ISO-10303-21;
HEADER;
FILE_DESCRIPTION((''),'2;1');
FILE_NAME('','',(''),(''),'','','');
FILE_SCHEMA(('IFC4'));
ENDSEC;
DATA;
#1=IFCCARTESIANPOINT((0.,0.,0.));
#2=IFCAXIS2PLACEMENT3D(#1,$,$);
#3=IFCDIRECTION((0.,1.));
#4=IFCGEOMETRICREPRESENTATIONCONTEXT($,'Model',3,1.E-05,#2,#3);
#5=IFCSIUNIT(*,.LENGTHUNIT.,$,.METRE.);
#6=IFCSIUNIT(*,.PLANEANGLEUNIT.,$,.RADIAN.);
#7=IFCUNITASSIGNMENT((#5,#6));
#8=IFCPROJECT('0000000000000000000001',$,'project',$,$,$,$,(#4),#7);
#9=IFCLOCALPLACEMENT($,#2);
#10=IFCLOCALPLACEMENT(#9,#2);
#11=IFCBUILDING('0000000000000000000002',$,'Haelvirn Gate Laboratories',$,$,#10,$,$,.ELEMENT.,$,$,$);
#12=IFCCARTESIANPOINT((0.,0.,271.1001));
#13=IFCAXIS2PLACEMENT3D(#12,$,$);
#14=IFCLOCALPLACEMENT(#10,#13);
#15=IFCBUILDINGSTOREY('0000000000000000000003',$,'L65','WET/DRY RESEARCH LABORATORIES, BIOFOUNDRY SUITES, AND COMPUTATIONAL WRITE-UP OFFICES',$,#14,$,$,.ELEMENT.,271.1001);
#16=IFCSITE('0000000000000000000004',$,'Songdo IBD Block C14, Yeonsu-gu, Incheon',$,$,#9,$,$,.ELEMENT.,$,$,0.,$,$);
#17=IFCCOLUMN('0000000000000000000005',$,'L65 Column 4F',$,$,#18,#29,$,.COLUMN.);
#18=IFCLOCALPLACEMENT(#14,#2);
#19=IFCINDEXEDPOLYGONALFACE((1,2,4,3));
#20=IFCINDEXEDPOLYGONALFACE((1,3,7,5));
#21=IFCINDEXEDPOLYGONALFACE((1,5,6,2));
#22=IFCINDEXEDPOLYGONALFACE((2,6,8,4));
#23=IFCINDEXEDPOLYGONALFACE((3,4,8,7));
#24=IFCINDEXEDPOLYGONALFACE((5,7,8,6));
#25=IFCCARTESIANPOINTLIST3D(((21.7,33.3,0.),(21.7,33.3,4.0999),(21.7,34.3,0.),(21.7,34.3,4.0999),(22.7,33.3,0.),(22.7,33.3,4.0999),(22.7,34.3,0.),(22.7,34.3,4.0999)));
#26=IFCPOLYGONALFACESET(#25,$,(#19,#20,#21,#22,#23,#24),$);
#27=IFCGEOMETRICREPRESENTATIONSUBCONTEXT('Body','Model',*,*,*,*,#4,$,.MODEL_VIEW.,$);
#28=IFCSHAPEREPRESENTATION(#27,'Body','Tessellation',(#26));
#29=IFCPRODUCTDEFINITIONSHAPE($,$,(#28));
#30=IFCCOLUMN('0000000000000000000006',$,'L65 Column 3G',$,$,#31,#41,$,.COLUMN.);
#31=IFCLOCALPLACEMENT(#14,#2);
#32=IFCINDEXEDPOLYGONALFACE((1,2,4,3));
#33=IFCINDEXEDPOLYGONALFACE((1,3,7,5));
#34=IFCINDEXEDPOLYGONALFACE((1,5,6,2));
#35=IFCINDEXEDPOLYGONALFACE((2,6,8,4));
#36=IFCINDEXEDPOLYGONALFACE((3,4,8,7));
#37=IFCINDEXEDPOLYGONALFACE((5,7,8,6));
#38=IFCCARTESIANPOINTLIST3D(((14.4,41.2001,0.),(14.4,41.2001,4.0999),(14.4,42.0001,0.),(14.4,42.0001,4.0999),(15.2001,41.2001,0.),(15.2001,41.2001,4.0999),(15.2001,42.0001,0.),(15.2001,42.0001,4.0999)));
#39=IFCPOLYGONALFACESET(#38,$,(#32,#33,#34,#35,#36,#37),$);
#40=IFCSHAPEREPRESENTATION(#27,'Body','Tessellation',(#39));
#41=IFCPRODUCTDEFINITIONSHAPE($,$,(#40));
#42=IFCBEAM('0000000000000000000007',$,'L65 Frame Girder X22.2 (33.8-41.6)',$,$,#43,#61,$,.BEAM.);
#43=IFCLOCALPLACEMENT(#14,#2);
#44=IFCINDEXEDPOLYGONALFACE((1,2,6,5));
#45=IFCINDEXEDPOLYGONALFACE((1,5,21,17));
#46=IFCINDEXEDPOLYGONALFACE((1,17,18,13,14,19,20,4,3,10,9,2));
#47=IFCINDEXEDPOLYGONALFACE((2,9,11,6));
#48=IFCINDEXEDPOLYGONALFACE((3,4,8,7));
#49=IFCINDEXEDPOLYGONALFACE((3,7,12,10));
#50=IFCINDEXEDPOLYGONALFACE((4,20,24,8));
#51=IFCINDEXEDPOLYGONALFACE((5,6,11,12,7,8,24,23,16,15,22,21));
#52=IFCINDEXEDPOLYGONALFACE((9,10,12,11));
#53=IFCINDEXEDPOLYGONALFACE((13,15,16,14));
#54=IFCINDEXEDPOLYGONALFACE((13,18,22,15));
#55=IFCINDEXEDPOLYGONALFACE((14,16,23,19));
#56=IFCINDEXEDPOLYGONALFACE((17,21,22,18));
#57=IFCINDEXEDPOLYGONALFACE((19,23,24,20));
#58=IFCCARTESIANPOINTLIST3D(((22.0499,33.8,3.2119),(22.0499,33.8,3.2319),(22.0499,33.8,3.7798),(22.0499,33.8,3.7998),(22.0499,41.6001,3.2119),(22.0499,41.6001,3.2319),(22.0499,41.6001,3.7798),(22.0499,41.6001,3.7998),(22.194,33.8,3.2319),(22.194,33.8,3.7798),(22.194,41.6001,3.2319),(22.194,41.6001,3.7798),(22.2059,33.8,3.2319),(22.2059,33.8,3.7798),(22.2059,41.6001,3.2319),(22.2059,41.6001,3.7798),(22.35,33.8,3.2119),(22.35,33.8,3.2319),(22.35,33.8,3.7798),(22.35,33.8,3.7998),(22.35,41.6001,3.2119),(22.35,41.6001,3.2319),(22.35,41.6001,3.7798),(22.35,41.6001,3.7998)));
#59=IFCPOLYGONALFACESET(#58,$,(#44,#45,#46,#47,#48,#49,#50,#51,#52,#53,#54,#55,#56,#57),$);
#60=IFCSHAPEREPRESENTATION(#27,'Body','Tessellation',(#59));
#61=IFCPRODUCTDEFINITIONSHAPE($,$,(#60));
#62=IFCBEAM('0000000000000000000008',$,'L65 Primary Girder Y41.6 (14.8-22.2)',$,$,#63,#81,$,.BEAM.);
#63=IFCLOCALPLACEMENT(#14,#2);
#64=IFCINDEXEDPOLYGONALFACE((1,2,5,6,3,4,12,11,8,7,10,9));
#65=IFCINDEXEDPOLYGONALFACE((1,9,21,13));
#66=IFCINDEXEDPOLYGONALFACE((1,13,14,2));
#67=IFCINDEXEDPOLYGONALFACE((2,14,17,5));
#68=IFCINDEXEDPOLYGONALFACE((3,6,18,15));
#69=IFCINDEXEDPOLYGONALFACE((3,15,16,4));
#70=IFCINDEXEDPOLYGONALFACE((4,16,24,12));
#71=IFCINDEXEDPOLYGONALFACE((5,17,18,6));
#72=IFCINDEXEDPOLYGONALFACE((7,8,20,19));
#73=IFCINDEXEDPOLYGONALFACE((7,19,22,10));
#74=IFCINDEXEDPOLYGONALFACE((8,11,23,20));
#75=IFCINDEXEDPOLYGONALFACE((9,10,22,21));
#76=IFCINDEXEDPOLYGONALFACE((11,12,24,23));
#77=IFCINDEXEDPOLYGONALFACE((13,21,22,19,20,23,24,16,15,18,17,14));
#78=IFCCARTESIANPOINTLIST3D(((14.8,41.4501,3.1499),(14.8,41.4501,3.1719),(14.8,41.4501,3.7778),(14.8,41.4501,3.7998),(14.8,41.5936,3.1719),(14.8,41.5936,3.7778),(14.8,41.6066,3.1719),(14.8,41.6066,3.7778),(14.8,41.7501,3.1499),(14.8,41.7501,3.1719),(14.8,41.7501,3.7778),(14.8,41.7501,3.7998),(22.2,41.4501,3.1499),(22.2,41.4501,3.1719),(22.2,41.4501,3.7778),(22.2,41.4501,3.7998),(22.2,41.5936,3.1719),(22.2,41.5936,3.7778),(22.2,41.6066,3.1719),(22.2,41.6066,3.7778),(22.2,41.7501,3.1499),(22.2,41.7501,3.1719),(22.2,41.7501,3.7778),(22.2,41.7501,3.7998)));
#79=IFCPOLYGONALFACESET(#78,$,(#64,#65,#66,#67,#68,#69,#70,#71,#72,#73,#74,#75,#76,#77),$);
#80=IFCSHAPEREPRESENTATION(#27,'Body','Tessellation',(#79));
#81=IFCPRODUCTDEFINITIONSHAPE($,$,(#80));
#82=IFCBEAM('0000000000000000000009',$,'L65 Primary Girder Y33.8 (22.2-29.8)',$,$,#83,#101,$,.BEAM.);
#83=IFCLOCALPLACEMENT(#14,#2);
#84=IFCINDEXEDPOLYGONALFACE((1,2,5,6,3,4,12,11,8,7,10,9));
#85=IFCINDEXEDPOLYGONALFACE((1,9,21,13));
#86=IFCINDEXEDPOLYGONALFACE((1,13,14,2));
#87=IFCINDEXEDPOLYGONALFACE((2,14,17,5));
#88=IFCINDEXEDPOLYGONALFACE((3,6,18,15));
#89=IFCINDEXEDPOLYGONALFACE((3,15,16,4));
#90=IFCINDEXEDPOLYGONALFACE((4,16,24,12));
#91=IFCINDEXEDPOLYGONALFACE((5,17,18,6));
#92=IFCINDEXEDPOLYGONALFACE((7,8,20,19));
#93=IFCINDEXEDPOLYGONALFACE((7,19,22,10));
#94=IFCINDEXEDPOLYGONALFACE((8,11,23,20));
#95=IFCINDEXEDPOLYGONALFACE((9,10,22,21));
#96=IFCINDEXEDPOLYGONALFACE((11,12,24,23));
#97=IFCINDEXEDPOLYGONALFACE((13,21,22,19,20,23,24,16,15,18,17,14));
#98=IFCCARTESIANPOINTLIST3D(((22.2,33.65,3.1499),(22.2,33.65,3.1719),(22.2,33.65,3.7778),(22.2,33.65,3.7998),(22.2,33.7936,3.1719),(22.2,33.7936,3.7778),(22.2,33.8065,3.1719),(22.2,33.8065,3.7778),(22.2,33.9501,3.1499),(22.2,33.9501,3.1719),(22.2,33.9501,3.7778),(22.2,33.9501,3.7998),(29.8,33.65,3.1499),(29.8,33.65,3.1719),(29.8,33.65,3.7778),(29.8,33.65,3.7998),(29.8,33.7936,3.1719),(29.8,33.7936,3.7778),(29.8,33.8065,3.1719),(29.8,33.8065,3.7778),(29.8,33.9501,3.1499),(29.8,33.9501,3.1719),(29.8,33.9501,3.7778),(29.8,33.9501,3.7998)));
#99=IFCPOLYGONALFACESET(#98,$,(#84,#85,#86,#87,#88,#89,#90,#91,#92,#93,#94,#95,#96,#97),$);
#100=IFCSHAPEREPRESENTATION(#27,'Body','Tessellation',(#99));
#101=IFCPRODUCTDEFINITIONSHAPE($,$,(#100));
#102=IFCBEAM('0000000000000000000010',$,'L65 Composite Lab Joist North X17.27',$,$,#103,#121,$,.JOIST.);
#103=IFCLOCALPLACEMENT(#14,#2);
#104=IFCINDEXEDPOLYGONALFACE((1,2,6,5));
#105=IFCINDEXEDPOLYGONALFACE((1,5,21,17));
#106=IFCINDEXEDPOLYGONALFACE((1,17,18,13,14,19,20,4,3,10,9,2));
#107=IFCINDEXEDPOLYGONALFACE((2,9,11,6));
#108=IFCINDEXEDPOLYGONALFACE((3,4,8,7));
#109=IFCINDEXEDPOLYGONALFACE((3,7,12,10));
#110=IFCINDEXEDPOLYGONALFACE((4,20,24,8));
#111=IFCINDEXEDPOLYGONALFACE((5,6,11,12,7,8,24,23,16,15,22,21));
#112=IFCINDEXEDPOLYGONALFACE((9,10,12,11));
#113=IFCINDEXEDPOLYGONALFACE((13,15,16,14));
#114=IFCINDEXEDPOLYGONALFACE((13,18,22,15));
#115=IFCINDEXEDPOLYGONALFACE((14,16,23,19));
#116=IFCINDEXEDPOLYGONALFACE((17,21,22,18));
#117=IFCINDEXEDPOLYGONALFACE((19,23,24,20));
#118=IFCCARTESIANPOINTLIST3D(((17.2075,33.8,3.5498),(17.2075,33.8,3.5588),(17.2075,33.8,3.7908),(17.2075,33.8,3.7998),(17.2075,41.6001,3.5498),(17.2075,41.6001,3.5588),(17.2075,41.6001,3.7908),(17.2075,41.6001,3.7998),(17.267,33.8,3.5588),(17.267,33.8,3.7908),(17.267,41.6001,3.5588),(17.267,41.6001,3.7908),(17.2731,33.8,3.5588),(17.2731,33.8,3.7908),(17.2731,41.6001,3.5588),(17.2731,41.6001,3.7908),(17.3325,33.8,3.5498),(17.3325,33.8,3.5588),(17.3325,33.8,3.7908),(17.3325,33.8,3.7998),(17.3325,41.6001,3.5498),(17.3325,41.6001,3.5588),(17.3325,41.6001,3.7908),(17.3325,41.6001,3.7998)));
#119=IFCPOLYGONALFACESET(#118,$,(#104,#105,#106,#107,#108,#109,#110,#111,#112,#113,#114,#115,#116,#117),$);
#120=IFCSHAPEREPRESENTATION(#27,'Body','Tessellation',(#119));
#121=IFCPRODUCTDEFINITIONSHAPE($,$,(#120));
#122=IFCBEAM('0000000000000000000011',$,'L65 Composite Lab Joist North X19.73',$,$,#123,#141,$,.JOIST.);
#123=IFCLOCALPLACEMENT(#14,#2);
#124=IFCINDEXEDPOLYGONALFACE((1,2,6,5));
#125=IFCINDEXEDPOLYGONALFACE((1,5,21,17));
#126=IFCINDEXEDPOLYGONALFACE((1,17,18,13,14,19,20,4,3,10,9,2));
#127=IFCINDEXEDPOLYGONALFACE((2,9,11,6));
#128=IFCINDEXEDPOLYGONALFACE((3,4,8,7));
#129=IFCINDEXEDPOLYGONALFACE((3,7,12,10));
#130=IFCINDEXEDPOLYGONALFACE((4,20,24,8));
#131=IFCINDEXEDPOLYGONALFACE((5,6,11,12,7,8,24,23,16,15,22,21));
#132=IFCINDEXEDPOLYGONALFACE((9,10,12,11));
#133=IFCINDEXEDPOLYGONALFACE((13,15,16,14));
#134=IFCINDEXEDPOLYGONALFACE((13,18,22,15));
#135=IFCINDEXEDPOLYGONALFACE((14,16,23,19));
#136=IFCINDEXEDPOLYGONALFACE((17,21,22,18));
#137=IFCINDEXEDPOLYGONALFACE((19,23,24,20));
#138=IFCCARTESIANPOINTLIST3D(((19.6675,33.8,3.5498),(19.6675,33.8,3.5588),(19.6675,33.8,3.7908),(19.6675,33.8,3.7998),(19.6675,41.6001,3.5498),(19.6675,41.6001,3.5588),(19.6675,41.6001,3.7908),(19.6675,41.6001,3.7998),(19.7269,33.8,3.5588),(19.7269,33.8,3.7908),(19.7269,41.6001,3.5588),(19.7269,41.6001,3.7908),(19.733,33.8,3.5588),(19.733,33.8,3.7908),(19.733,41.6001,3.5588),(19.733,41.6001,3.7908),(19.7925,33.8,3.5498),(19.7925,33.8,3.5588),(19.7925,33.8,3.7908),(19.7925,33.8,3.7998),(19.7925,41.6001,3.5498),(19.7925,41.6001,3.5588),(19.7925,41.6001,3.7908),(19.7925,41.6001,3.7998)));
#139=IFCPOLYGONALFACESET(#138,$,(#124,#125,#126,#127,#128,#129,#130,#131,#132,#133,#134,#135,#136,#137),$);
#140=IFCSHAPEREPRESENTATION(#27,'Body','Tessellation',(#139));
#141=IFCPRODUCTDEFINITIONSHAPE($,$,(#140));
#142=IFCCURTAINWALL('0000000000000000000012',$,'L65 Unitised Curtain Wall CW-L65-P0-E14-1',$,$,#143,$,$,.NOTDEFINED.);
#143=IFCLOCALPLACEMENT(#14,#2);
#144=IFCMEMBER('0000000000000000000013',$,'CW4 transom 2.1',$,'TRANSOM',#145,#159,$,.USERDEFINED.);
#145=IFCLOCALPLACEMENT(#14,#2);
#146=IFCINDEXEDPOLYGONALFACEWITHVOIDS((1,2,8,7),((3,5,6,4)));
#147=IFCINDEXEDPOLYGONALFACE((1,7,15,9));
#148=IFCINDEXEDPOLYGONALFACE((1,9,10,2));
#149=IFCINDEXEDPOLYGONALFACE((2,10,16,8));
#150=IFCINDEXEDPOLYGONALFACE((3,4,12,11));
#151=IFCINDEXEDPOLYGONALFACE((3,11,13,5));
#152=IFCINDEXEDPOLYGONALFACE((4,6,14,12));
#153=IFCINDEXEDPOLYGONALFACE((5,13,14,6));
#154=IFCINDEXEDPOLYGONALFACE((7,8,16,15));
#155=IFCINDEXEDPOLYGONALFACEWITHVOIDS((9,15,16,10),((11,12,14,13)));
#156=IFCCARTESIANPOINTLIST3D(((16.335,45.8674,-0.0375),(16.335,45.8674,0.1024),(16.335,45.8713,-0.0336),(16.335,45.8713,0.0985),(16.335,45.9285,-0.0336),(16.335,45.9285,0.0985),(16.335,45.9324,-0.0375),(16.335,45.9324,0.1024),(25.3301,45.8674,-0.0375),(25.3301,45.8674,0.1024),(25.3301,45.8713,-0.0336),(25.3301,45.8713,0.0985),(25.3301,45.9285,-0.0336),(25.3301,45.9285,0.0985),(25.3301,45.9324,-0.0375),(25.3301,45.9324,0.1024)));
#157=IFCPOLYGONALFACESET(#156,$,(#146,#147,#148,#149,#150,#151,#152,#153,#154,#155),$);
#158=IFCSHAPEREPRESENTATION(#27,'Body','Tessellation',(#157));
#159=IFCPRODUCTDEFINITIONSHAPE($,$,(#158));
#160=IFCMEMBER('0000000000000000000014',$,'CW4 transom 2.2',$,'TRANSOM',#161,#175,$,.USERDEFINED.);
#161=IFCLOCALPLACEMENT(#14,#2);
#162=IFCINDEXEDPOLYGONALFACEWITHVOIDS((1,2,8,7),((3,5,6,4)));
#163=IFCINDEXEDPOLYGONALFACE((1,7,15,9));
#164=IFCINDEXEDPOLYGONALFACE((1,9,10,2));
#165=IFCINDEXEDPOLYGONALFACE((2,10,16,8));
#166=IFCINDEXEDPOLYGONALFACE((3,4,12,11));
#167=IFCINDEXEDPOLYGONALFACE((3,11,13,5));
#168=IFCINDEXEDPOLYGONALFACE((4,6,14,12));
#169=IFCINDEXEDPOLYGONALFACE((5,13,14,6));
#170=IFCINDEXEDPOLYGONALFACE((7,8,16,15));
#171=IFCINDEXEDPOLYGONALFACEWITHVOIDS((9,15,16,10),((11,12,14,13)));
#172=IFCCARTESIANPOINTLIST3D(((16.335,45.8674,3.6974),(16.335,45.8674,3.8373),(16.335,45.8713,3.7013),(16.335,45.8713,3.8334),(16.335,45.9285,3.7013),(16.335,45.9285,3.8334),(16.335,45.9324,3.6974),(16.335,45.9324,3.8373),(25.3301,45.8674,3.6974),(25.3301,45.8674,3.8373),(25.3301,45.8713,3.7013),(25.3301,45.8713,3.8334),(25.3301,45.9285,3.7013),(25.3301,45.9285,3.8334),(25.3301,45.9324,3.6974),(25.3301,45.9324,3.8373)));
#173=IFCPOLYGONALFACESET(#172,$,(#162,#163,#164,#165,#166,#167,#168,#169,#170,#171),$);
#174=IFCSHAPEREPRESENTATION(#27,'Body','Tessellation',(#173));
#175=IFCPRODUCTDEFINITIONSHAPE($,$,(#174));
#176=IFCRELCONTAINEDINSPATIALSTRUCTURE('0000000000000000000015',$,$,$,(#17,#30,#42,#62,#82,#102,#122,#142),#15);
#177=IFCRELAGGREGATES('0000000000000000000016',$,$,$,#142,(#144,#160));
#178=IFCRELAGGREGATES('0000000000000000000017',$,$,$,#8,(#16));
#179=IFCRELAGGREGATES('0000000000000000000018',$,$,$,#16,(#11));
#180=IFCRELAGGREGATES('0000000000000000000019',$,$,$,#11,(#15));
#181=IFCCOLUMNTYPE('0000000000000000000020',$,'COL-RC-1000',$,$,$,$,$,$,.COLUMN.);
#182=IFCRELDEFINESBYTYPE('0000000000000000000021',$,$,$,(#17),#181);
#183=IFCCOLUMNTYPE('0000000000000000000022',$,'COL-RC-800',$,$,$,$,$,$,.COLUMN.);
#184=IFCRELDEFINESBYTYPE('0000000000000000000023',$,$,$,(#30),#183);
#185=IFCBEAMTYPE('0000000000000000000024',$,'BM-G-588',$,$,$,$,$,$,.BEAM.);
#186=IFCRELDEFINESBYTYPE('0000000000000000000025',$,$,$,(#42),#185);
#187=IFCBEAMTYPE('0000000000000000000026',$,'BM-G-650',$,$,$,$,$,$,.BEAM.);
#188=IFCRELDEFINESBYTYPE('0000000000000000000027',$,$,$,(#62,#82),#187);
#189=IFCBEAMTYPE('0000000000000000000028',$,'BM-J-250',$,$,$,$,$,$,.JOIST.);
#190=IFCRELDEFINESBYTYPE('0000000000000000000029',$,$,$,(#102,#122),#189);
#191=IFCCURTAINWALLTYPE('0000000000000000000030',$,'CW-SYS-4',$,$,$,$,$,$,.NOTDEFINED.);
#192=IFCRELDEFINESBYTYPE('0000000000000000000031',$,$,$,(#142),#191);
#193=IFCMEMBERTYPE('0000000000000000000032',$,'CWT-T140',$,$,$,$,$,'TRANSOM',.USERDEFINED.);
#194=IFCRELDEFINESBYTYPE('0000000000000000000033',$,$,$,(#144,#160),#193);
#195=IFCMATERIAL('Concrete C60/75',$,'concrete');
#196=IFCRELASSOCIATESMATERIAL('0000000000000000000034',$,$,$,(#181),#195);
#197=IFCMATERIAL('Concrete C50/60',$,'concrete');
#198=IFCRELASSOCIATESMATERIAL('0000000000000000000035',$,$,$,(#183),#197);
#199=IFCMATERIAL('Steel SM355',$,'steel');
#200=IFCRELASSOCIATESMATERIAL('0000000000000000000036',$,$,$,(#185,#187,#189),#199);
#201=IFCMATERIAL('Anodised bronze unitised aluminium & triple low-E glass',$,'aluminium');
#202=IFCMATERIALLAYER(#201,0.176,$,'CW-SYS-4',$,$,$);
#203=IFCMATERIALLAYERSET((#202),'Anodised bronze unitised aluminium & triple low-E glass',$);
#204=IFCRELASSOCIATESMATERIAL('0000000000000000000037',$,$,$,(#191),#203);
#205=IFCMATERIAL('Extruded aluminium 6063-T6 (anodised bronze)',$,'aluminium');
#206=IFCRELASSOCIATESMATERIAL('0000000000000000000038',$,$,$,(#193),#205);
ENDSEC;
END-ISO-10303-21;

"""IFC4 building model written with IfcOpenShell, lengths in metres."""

from ifc_helpers import new_model, si_unit, direction, frame, origin, origin_2d, place, context, subcontext, project, spatial, rectangle, hollow_rectangle, i_section, extrude, source, transform, mapped, material, layer, layer_set, material_profile, profile_set, type_object, type_shapes, element, aggregate, save


model = new_model("IFC4")

# Units and contexts
model_context = context("Model", 3, precision=1e-05, world=origin(), true_north=direction((0.0, 1.0)))
body_context = subcontext(model_context, "Body", "Model", "MODEL_VIEW")
ifc_project = project(units=[si_unit("LENGTHUNIT", "METRE"), si_unit("PLANEANGLEUNIT", "RADIAN")], contexts=[model_context])

# Site, building, storey
site_placement = place(None, origin())
site = spatial("IfcSite", under=ifc_project, at=site_placement, Name="Songdo IBD Block C14, Yeonsu-gu, Incheon", CompositionType="ELEMENT", RefElevation=0.0)
building_placement = place(site_placement, origin())
building = spatial("IfcBuilding", under=site, at=building_placement, Name="Haelvirn Gate Laboratories", CompositionType="ELEMENT")
storey_placement = place(building_placement, frame((0.0, 0.0, 271.1001)))
storey = spatial("IfcBuildingStorey", under=building, at=storey_placement, Name="L65", Description="WET/DRY RESEARCH LABORATORIES, BIOFOUNDRY SUITES, AND COMPUTATIONAL WRITE-UP OFFICES", CompositionType="ELEMENT", Elevation=271.1001)

# Columns
ifc_material_1 = material(Name="Concrete C60/75", Category="concrete")
ifc_material_profile_1 = material_profile(ifc_material_1, rectangle(XDim=1.0, YDim=1.0, at=origin_2d()), Name="RC-1000x1000")
ifc_profile_set_1 = profile_set([ifc_material_profile_1], Name="Concrete C60/75")
column_type_1 = type_object("IfcColumnType", Name="COL-RC-1000", PredefinedType="COLUMN", material=ifc_profile_set_1)
shared_shape_1 = source(origin(), body_context, "Body", "SweptSolid", [
    extrude(rectangle(XDim=1.0, YDim=1.0, at=origin_2d()), origin(), (0.0, 0.0, 1.0), 4.0999),
])
type_shapes(column_type_1, [shared_shape_1])
column_1_placement = place(storey_placement, frame((22.2, 33.8, 0.0), z_axis=(0.0, 0.0, 1.0), x_axis=(1.0, 0.0, 0.0)))
element("IfcColumn", 1, at=column_1_placement, inside=storey, type_object=column_type_1, Name="L65 Column 4F", PredefinedType="COLUMN", context=body_context, shape_type="MappedRepresentation", body=[
    mapped(shared_shape_1, transform((0.0, 0.0, 0.0), scale=1.0)),
])
ifc_material_2 = material(Name="Concrete C50/60", Category="concrete")
ifc_material_profile_2 = material_profile(ifc_material_2, rectangle(XDim=0.8, YDim=0.8, at=origin_2d()), Name="RC-800x800")
ifc_profile_set_2 = profile_set([ifc_material_profile_2], Name="Concrete C50/60")
column_type_2 = type_object("IfcColumnType", Name="COL-RC-800", PredefinedType="COLUMN", material=ifc_profile_set_2)
shared_shape_2 = source(origin(), body_context, "Body", "SweptSolid", [
    extrude(rectangle(XDim=0.8, YDim=0.8, at=origin_2d()), origin(), (0.0, 0.0, 1.0), 4.0999),
])
type_shapes(column_type_2, [shared_shape_2])
column_2_placement = place(storey_placement, frame((14.8, 41.6001, 0.0), z_axis=(0.0, 0.0, 1.0), x_axis=(1.0, 0.0, 0.0)))
element("IfcColumn", 2, at=column_2_placement, inside=storey, type_object=column_type_2, Name="L65 Column 3G", PredefinedType="COLUMN", context=body_context, shape_type="MappedRepresentation", body=[
    mapped(shared_shape_2, transform((0.0, 0.0, 0.0), scale=1.0)),
])

# Beams
ifc_material_3 = material(Name="Steel SM355", Category="steel")
ifc_material_profile_3 = material_profile(ifc_material_3, i_section(OverallWidth=0.3, OverallDepth=0.5879, WebThickness=0.012, FlangeThickness=0.02, at=origin_2d()), Name="H-588x300x12x20")
ifc_profile_set_3 = profile_set([ifc_material_profile_3], Name="Steel SM355")
beam_type_1 = type_object("IfcBeamType", Name="BM-G-588", PredefinedType="BEAM", material=ifc_profile_set_3)
shared_shape_3 = source(origin(), body_context, "Body", "SweptSolid", [
    extrude(i_section(OverallWidth=0.3, OverallDepth=0.5879, WebThickness=0.012, FlangeThickness=0.02, at=origin_2d()), origin(), (0.0, 0.0, 1.0), 7.8),
])
type_shapes(beam_type_1, [shared_shape_3])
beam_1_placement = place(storey_placement, frame((22.2, 33.8, 3.5059), z_axis=(0.0, 1.0, 0.0), x_axis=(-1.0, 0.0, 0.0)))
element("IfcBeam", 3, at=beam_1_placement, inside=storey, type_object=beam_type_1, Name="L65 Frame Girder X22.2 (33.8-41.6)", PredefinedType="BEAM", context=body_context, shape_type="MappedRepresentation", body=[
    mapped(shared_shape_3, transform((0.0, 0.0, 0.0), scale=1.0)),
])
ifc_material_profile_4 = material_profile(ifc_material_3, i_section(OverallWidth=0.3, OverallDepth=0.6499, WebThickness=0.0129, FlangeThickness=0.022, at=origin_2d()), Name="H-650x300x13x22")
ifc_profile_set_4 = profile_set([ifc_material_profile_4], Name="Steel SM355")
beam_type_2 = type_object("IfcBeamType", Name="BM-G-650", PredefinedType="BEAM", material=ifc_profile_set_4)
shared_shape_4 = source(origin(), body_context, "Body", "SweptSolid", [
    extrude(i_section(OverallWidth=0.3, OverallDepth=0.6499, WebThickness=0.0129, FlangeThickness=0.022, at=origin_2d()), origin(), (0.0, 0.0, 1.0), 7.3999),
])
beam_2_placement = place(storey_placement, frame((14.8, 41.6001, 3.4749), z_axis=(1.0, 0.0, 0.0), x_axis=(0.0, 1.0, 0.0)))
element("IfcBeam", 4, at=beam_2_placement, inside=storey, type_object=beam_type_2, Name="L65 Primary Girder Y41.6 (14.8-22.2)", PredefinedType="BEAM", context=body_context, shape_type="MappedRepresentation", body=[
    mapped(shared_shape_4, transform((0.0, 0.0, 0.0), scale=1.0)),
])
shared_shape_5 = source(origin(), body_context, "Body", "SweptSolid", [
    extrude(i_section(OverallWidth=0.3, OverallDepth=0.6499, WebThickness=0.0129, FlangeThickness=0.022, at=origin_2d()), origin(), (0.0, 0.0, 1.0), 7.6001),
])
type_shapes(beam_type_2, [shared_shape_4, shared_shape_5])
beam_3_placement = place(storey_placement, frame((22.2, 33.8, 3.4749), z_axis=(1.0, 0.0, 0.0), x_axis=(0.0, 1.0, 0.0)))
element("IfcBeam", 5, at=beam_3_placement, inside=storey, type_object=beam_type_2, Name="L65 Primary Girder Y33.8 (22.2-29.8)", PredefinedType="BEAM", context=body_context, shape_type="MappedRepresentation", body=[
    mapped(shared_shape_5, transform((0.0, 0.0, 0.0), scale=1.0)),
])
ifc_material_profile_5 = material_profile(ifc_material_3, i_section(OverallWidth=0.125, OverallDepth=0.25, WebThickness=0.0061, FlangeThickness=0.009, at=origin_2d()), Name="H-250x125x6x9")
ifc_profile_set_5 = profile_set([ifc_material_profile_5], Name="Steel SM355")
beam_type_3 = type_object("IfcBeamType", Name="BM-J-250", PredefinedType="JOIST", material=ifc_profile_set_5)
shared_shape_6 = source(origin(), body_context, "Body", "SweptSolid", [
    extrude(i_section(OverallWidth=0.125, OverallDepth=0.25, WebThickness=0.0061, FlangeThickness=0.009, at=origin_2d()), origin(), (0.0, 0.0, 1.0), 7.8),
])
type_shapes(beam_type_3, [shared_shape_6])
for number, where, z_axis, x_axis, name in (
    (6, (17.27, 33.8, 3.6748), (0.0, 1.0, 0.0), (-1.0, 0.0, 0.0), "L65 Composite Lab Joist North X17.27"),
    (7, (19.73, 33.8, 3.6748), (0.0, 1.0, 0.0), (-1.0, 0.0, 0.0), "L65 Composite Lab Joist North X19.73"),
):
    element("IfcBeam", number, at=place(storey_placement, frame(where, z_axis=z_axis, x_axis=x_axis)), inside=storey, type_object=beam_type_3, Name=name, PredefinedType="JOIST", context=body_context, shape_type="MappedRepresentation", body=[
        mapped(shared_shape_6, transform((0.0, 0.0, 0.0), scale=1.0)),
    ])

# Curtain wall, members
ifc_material_4 = material(Name="Anodised bronze unitised aluminium & triple low-E glass", Category="aluminium")
ifc_layer_1 = layer(ifc_material_4, 0.176, Name="CW-SYS-4")
ifc_layer_set_1 = layer_set([ifc_layer_1], Name="Anodised bronze unitised aluminium & triple low-E glass")
curtain_wall_type = type_object("IfcCurtainWallType", Name="CW-SYS-4", PredefinedType="NOTDEFINED", material=ifc_layer_set_1)
curtain_wall_placement = place(storey_placement, origin())
curtain_wall = element("IfcCurtainWall", 8, at=curtain_wall_placement, inside=storey, type_object=curtain_wall_type, Name="L65 Unitised Curtain Wall CW-L65-P0-E14-1", PredefinedType="NOTDEFINED")
ifc_material_5 = material(Name="Extruded aluminium 6063-T6 (anodised bronze)", Category="aluminium")
ifc_material_profile_6 = material_profile(ifc_material_5, hollow_rectangle(XDim=0.0649, YDim=0.1399, WallThickness=0.0039, at=origin_2d()), Name="CWT-140x65x4")
ifc_profile_set_6 = profile_set([ifc_material_profile_6], Name="Extruded aluminium 6063-T6 (anodised bronze)")
member_type_1 = type_object("IfcMemberType", Name="CWT-T140", ElementType="TRANSOM", PredefinedType="USERDEFINED", material=ifc_profile_set_6)
shared_shape_7 = source(origin(), body_context, "Body", "SweptSolid", [
    extrude(hollow_rectangle(XDim=0.0649, YDim=0.1399, WallThickness=0.0039, at=origin_2d()), origin(), (0.0, 0.0, 1.0), 8.9951),
])
type_shapes(member_type_1, [shared_shape_7])
member_1_placement = place(storey_placement, frame((16.335, 45.8999, 0.0325), z_axis=(1.0, 0.0, 0.0), x_axis=(0.0, 1.0, 0.0)))
member_1 = element("IfcMember", 9, at=member_1_placement, type_object=member_type_1, Name="CW4 transom 2.1", ObjectType="TRANSOM", PredefinedType="USERDEFINED", context=body_context, shape_type="MappedRepresentation", body=[
    mapped(shared_shape_7, transform((0.0, 0.0, 0.0), scale=1.0)),
])
member_2_placement = place(storey_placement, frame((16.335, 45.8999, 3.7673), z_axis=(1.0, 0.0, 0.0), x_axis=(0.0, 1.0, 0.0)))
member_2 = element("IfcMember", 10, at=member_2_placement, type_object=member_type_1, Name="CW4 transom 2.2", ObjectType="TRANSOM", PredefinedType="USERDEFINED", context=body_context, shape_type="MappedRepresentation", body=[
    mapped(shared_shape_7, transform((0.0, 0.0, 0.0), scale=1.0)),
])
aggregate(curtain_wall, [member_1, member_2])

save(model, "model.ifc")
